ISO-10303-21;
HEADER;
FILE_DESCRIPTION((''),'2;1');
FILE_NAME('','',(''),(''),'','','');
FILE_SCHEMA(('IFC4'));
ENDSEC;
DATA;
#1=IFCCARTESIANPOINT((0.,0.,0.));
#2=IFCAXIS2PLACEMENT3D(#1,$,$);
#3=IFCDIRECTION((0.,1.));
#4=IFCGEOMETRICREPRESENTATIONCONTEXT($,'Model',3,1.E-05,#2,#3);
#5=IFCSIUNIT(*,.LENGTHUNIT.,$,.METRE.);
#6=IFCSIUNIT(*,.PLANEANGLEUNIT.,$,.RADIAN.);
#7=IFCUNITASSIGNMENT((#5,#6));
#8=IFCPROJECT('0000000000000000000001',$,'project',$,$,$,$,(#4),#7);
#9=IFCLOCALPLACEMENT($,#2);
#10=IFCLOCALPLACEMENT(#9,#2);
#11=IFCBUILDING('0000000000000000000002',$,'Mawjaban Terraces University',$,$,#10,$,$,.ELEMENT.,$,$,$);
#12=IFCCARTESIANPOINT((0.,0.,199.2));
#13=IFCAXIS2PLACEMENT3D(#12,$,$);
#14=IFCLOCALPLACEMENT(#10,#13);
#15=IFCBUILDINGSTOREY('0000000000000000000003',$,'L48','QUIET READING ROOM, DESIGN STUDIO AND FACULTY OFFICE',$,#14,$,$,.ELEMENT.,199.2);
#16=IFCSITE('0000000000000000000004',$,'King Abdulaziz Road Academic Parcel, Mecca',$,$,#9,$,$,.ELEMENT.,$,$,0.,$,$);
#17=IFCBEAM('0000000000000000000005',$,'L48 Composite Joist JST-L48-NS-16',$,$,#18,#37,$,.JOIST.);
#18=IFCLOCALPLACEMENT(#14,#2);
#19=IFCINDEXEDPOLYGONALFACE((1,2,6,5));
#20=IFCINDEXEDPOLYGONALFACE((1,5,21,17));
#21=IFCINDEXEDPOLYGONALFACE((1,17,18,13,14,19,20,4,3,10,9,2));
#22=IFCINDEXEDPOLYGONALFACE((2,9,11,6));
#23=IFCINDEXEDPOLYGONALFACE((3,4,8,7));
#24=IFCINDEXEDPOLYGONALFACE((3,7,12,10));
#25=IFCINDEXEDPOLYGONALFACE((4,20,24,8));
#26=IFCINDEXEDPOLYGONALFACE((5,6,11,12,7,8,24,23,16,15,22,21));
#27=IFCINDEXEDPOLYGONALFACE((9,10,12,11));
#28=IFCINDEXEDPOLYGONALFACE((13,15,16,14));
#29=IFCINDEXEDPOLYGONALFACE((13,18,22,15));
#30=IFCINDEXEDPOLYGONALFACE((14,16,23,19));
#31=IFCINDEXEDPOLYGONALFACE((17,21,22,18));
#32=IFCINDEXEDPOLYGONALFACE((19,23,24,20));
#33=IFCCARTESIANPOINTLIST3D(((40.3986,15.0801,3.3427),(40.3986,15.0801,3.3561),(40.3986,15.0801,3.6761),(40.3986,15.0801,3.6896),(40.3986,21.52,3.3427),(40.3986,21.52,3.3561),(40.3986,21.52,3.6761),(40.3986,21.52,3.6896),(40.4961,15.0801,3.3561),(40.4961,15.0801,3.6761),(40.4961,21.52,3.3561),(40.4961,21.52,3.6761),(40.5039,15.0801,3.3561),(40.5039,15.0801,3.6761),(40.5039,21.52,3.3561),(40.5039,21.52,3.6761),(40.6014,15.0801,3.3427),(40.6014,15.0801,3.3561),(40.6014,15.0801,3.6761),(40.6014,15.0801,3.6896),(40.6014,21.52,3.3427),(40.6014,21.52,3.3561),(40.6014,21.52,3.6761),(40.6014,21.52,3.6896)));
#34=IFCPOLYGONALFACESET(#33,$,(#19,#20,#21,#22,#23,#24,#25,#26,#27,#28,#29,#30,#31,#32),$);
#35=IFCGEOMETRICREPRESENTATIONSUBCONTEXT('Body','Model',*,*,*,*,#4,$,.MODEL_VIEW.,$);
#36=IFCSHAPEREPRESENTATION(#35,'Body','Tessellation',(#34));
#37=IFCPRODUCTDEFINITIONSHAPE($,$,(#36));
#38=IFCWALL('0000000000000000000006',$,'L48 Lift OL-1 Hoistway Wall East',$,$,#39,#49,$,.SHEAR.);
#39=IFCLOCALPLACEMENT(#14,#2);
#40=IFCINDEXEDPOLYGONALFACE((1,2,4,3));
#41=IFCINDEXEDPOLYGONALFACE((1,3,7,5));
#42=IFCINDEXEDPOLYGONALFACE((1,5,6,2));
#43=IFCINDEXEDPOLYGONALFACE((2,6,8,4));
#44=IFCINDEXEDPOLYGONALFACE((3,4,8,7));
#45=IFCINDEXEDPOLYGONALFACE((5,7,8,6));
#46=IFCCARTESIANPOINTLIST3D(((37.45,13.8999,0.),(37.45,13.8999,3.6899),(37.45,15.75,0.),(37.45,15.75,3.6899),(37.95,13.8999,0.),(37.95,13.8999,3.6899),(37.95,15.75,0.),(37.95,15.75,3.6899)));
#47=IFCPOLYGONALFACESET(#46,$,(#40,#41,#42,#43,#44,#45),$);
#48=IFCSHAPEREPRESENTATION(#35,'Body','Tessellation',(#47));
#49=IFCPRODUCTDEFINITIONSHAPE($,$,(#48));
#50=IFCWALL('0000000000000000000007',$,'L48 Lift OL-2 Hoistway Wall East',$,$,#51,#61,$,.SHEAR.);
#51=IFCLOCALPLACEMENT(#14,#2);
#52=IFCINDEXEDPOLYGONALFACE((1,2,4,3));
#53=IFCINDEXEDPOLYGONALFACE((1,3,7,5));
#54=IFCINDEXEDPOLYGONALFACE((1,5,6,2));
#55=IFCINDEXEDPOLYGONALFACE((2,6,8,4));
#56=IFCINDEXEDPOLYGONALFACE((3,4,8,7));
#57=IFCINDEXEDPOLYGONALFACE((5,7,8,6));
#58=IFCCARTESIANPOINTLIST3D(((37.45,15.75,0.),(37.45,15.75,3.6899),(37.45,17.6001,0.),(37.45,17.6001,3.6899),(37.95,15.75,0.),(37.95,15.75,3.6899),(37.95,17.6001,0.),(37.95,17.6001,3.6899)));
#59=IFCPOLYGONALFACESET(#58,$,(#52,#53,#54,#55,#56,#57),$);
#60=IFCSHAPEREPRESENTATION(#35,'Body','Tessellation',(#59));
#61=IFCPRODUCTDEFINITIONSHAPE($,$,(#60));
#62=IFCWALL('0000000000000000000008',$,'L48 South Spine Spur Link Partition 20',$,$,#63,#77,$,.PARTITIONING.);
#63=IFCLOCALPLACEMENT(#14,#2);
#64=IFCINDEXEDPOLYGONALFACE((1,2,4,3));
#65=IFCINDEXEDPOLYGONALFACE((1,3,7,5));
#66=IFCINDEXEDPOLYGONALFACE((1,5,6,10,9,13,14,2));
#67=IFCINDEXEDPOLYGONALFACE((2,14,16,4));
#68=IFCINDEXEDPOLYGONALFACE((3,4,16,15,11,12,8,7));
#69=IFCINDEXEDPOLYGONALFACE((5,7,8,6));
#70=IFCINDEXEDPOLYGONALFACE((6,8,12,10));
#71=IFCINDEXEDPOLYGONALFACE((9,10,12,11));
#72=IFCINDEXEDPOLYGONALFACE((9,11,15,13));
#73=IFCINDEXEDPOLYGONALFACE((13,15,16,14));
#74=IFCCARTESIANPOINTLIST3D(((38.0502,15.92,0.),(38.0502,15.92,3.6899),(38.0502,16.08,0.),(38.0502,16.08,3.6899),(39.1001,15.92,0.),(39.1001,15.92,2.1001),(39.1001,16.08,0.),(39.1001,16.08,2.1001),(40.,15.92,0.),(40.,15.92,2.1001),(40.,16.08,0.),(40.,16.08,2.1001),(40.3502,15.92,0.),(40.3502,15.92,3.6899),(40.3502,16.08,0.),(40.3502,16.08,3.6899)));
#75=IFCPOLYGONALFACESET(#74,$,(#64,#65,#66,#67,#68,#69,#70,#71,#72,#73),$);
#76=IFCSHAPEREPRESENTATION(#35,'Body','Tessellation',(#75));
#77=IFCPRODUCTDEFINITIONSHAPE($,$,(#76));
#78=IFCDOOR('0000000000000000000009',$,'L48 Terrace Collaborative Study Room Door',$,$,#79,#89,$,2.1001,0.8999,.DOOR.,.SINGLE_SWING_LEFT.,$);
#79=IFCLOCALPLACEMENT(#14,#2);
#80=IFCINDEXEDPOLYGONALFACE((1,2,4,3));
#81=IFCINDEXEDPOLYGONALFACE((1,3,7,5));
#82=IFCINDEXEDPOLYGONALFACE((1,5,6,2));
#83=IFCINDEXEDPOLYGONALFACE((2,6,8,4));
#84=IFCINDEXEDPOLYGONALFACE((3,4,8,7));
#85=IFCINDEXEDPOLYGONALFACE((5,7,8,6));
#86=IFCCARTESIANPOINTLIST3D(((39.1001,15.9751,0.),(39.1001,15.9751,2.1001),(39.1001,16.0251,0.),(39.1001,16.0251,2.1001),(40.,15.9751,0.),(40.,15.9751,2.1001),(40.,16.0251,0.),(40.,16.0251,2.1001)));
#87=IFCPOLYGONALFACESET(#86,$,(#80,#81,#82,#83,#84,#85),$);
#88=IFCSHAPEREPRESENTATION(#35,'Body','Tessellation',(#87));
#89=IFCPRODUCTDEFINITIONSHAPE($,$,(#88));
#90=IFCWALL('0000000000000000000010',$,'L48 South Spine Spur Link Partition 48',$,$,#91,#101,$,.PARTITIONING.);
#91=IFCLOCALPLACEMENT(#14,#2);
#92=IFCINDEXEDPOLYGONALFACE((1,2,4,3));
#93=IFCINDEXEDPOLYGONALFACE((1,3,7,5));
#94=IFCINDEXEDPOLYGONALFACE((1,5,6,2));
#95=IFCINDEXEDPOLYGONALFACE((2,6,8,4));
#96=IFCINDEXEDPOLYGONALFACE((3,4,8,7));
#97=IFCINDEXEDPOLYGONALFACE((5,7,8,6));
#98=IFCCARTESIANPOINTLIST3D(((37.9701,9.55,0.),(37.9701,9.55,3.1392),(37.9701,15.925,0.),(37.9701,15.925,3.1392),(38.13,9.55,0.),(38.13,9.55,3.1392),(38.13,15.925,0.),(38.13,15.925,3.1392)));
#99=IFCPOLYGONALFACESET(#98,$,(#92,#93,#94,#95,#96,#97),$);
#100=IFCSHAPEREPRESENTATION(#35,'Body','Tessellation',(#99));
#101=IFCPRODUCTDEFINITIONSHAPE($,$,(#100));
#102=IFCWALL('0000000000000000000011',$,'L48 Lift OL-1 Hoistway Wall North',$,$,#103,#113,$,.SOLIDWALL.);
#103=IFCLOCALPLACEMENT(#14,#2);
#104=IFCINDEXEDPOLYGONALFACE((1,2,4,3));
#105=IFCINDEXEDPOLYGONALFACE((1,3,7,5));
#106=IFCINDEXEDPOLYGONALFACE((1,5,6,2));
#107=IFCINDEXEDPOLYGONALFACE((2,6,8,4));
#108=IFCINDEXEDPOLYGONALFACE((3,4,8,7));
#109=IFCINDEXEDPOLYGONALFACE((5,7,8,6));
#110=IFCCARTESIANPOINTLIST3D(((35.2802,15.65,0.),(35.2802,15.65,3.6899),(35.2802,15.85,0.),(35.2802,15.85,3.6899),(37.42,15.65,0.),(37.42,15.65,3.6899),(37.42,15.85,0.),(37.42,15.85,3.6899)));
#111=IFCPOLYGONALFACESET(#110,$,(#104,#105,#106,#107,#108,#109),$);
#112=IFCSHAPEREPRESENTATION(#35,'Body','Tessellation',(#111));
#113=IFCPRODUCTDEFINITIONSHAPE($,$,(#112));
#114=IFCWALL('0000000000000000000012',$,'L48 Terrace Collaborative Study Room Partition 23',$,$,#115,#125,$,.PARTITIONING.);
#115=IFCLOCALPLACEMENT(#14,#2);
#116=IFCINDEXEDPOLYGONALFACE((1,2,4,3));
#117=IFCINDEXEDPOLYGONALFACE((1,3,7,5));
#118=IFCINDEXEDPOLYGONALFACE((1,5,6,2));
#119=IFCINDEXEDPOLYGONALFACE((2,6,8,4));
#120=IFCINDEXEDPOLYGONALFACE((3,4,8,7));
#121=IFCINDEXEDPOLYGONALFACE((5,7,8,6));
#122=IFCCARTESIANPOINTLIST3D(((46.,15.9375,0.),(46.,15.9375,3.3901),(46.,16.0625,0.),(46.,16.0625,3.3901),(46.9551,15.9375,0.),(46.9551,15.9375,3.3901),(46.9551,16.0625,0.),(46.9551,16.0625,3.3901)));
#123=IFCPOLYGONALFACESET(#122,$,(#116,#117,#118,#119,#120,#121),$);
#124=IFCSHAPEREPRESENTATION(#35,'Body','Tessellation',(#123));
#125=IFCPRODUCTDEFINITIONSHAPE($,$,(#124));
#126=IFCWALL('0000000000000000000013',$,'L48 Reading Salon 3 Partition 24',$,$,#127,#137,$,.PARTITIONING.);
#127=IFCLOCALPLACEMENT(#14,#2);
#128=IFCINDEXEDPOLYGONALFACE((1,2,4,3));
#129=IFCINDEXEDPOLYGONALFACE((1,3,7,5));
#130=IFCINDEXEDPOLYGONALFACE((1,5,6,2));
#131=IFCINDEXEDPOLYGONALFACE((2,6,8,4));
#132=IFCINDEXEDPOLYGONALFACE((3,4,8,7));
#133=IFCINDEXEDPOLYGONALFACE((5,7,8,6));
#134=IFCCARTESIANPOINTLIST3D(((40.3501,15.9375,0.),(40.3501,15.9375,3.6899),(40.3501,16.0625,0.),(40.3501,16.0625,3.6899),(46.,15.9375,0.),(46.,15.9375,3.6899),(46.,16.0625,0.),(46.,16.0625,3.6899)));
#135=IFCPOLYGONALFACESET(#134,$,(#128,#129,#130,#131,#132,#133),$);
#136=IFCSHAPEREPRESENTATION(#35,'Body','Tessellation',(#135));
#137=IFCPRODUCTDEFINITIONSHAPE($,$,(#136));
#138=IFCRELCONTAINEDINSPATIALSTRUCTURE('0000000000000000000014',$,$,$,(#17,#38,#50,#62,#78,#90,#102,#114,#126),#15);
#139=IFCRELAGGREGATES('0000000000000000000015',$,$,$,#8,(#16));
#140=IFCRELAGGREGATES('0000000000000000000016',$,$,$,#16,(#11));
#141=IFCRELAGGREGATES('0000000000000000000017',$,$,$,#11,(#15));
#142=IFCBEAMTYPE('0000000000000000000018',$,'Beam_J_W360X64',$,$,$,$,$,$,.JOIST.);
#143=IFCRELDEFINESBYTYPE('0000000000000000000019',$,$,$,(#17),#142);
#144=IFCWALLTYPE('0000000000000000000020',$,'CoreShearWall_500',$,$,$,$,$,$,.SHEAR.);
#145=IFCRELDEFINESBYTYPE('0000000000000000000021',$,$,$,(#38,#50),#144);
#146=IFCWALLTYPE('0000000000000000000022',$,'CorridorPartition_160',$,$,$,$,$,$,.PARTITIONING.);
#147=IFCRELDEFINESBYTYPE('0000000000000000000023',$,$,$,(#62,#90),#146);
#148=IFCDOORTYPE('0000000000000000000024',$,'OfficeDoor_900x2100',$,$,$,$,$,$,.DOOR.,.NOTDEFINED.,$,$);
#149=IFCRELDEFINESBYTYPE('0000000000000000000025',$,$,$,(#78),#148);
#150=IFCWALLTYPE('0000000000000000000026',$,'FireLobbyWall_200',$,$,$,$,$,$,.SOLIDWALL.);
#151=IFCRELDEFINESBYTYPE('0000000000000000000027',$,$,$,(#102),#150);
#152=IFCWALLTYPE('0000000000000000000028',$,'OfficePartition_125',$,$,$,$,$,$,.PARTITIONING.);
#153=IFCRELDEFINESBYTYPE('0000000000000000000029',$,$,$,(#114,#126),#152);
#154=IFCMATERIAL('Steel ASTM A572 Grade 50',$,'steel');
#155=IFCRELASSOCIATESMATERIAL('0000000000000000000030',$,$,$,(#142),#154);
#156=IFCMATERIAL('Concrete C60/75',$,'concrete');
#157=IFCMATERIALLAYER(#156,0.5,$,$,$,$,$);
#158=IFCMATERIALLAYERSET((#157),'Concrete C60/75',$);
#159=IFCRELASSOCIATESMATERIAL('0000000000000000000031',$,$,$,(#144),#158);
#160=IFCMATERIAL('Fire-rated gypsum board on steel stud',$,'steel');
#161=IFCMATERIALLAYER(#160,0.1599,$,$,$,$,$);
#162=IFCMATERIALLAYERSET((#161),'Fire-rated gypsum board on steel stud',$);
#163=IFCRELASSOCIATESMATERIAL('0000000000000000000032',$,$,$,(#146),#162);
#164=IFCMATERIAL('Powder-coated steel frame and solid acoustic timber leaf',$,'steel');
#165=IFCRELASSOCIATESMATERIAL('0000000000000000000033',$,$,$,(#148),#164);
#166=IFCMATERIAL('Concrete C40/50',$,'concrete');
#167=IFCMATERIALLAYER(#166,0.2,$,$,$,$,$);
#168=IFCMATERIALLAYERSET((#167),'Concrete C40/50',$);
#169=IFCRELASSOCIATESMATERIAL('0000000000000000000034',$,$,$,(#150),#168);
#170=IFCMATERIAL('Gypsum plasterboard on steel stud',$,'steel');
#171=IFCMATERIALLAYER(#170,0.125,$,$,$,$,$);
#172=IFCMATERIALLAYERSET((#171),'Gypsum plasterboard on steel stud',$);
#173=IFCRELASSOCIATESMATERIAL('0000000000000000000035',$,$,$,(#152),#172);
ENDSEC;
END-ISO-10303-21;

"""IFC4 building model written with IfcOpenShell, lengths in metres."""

from ifc_helpers import new_model, si_unit, direction, frame, frame_2d, origin, origin_2d, place, context, subcontext, project, spatial, rectangle, i_section, extrude, material, layer, layer_set, material_profile, profile_set, type_object, element, fill, save


model = new_model("IFC4")

# Units and contexts
model_context = context("Model", 3, precision=1e-05, world=origin(), true_north=direction((0.0, 1.0)))
body_context = subcontext(model_context, "Body", "Model", "MODEL_VIEW")
ifc_project = project(units=[si_unit("LENGTHUNIT", "METRE"), si_unit("PLANEANGLEUNIT", "RADIAN")], contexts=[model_context])

# Site, building, storey
site_placement = place(None, origin())
site = spatial("IfcSite", under=ifc_project, at=site_placement, Name="King Abdulaziz Road Academic Parcel, Mecca", CompositionType="ELEMENT", RefElevation=0.0)
building_placement = place(site_placement, origin())
building = spatial("IfcBuilding", under=site, at=building_placement, Name="Mawjaban Terraces University", CompositionType="ELEMENT")
storey_placement = place(building_placement, frame((0.0, 0.0, 199.2)))
storey = spatial("IfcBuildingStorey", under=building, at=storey_placement, Name="L48", Description="QUIET READING ROOM, DESIGN STUDIO AND FACULTY OFFICE", CompositionType="ELEMENT", Elevation=199.2)

# Shared definitions
ifc_material_1 = material(Name="Concrete C60/75", Category="concrete")

# Beam
ifc_material_2 = material(Name="Steel ASTM A572 Grade 50", Category="steel")
ifc_material_profile_1 = material_profile(ifc_material_2, i_section(OverallWidth=0.2029, OverallDepth=0.3469, WebThickness=0.0078, FlangeThickness=0.0134, at=origin_2d()), Name="W360X64")
ifc_profile_set_1 = profile_set([ifc_material_profile_1], Name="Steel ASTM A572 Grade 50")
beam_type_1 = type_object("IfcBeamType", Name="Beam_J_W360X64", PredefinedType="JOIST", material=ifc_profile_set_1)
beam_1_placement = place(storey_placement, frame((40.5, 15.0801, 3.5161), z_axis=(0.0, 1.0, 0.0), x_axis=(-1.0, 0.0, 0.0)))
element("IfcBeam", 1, at=beam_1_placement, inside=storey, type_object=beam_type_1, Name="L48 Composite Joist JST-L48-NS-16", PredefinedType="JOIST", context=body_context, shape_type="SweptSolid", body=[
    extrude(i_section(OverallWidth=0.2029, OverallDepth=0.3469, WebThickness=0.0078, FlangeThickness=0.0134, at=origin_2d()), origin(), (0.0, 0.0, 1.0), 6.4399),
])

# Walls
ifc_layer_1 = layer(ifc_material_1, 0.5)
ifc_layer_set_1 = layer_set([ifc_layer_1], Name="Concrete C60/75")
wall_type_1 = type_object("IfcWallType", Name="CoreShearWall_500", PredefinedType="SHEAR", material=ifc_layer_set_1)
for number, where, z_axis, x_axis, name in (
    (2, (37.7, 13.8999, 0.0), (0.0, 0.0, 1.0), (0.0, 1.0, 0.0), "L48 Lift OL-1 Hoistway Wall East"),
    (3, (37.7, 15.75, 0.0), (0.0, 0.0, 1.0), (0.0, 1.0, 0.0), "L48 Lift OL-2 Hoistway Wall East"),
):
    element("IfcWall", number, at=place(storey_placement, frame(where, z_axis=z_axis, x_axis=x_axis)), inside=storey, type_object=wall_type_1, Name=name, PredefinedType="SHEAR", context=body_context, shape_type="SweptSolid", body=[
        extrude(rectangle(XDim=1.8501, YDim=0.5, at=frame_2d((0.925, 0.0))), origin(), (0.0, 0.0, 1.0), 3.6899),
    ])

# Wall, opening, door
ifc_material_3 = material(Name="Fire-rated gypsum board on steel stud", Category="steel")
ifc_layer_2 = layer(ifc_material_3, 0.1599)
ifc_layer_set_2 = layer_set([ifc_layer_2], Name="Fire-rated gypsum board on steel stud")
wall_type_2 = type_object("IfcWallType", Name="CorridorPartition_160", PredefinedType="PARTITIONING", material=ifc_layer_set_2)
wall_1_placement = place(storey_placement, frame((40.3501, 16.0, 0.0), z_axis=(0.0, 0.0, 1.0), x_axis=(-1.0, 0.0, 0.0)))
wall_1 = element("IfcWall", 4, at=wall_1_placement, inside=storey, type_object=wall_type_2, Name="L48 South Spine Spur Link Partition 20", PredefinedType="PARTITIONING", context=body_context, shape_type="SweptSolid", body=[
    extrude(rectangle(XDim=2.3, YDim=0.1599, at=frame_2d((1.1499, 0.0))), origin(), (0.0, 0.0, 1.0), 3.6899),
])
opening_placement = place(wall_1_placement, frame((0.3501, 0.0, 0.0)))
opening = element("IfcOpeningElement", 5, at=opening_placement, cuts=wall_1, PredefinedType="OPENING", context=body_context, shape_type="SweptSolid", body=[
    extrude(rectangle(XDim=0.8999, YDim=2.1001, at=frame_2d((0.45, 1.05))), frame((0.0, 0.0898, 0.0), z_axis=(0.0, -1.0, 0.0), x_axis=(1.0, 0.0, 0.0)), (0.0, 0.0, 1.0), 0.1799),
])
ifc_material_4 = material(Name="Powder-coated steel frame and solid acoustic timber leaf", Category="steel")
door_type = type_object("IfcDoorType", Name="OfficeDoor_900x2100", OperationType="NOTDEFINED", PredefinedType="DOOR", material=ifc_material_4)
door_placement = place(opening_placement, origin())
door = element("IfcDoor", 6, at=door_placement, inside=storey, type_object=door_type, Name="L48 Terrace Collaborative Study Room Door", OperationType="SINGLE_SWING_LEFT", OverallHeight=2.1001, OverallWidth=0.8999, PredefinedType="DOOR", context=body_context, shape_type="SweptSolid", body=[
    extrude(rectangle(XDim=0.8999, YDim=2.1001, at=frame_2d((0.45, 1.05))), frame((0.0, 0.0249, 0.0), z_axis=(0.0, -1.0, 0.0), x_axis=(1.0, 0.0, 0.0)), (0.0, 0.0, 1.0), 0.05),
])
fill(opening, door)

# Walls
wall_2_placement = place(storey_placement, frame((38.05, 15.925, 0.0), z_axis=(0.0, 0.0, 1.0), x_axis=(0.0, -1.0, 0.0)))
element("IfcWall", 7, at=wall_2_placement, inside=storey, type_object=wall_type_2, Name="L48 South Spine Spur Link Partition 48", PredefinedType="PARTITIONING", context=body_context, shape_type="SweptSolid", body=[
    extrude(rectangle(XDim=6.375, YDim=0.1599, at=frame_2d((3.1875, 0.0))), origin(), (0.0, 0.0, 1.0), 3.1392),
])
ifc_material_5 = material(Name="Concrete C40/50", Category="concrete")
ifc_layer_3 = layer(ifc_material_5, 0.2)
ifc_layer_set_3 = layer_set([ifc_layer_3], Name="Concrete C40/50")
wall_type_3 = type_object("IfcWallType", Name="FireLobbyWall_200", PredefinedType="SOLIDWALL", material=ifc_layer_set_3)
wall_3_placement = place(storey_placement, frame((37.4199, 15.75, 0.0), z_axis=(0.0, 0.0, 1.0), x_axis=(-1.0, 0.0, 0.0)))
element("IfcWall", 8, at=wall_3_placement, inside=storey, type_object=wall_type_3, Name="L48 Lift OL-1 Hoistway Wall North", PredefinedType="SOLIDWALL", context=body_context, shape_type="SweptSolid", body=[
    extrude(rectangle(XDim=2.1399, YDim=0.2, at=frame_2d((1.0698, 0.0))), origin(), (0.0, 0.0, 1.0), 3.6899),
])
ifc_material_6 = material(Name="Gypsum plasterboard on steel stud", Category="steel")
ifc_layer_4 = layer(ifc_material_6, 0.125)
ifc_layer_set_4 = layer_set([ifc_layer_4], Name="Gypsum plasterboard on steel stud")
wall_type_4 = type_object("IfcWallType", Name="OfficePartition_125", PredefinedType="PARTITIONING", material=ifc_layer_set_4)
wall_4_placement = place(storey_placement, frame((46.0, 16.0, 0.0), z_axis=(0.0, 0.0, 1.0), x_axis=(1.0, 0.0, 0.0)))
element("IfcWall", 9, at=wall_4_placement, inside=storey, type_object=wall_type_4, Name="L48 Terrace Collaborative Study Room Partition 23", PredefinedType="PARTITIONING", context=body_context, shape_type="SweptSolid", body=[
    extrude(rectangle(XDim=0.9551, YDim=0.125, at=frame_2d((0.4775, 0.0))), origin(), (0.0, 0.0, 1.0), 3.3901),
])
wall_5_placement = place(storey_placement, frame((46.0, 16.0, 0.0), z_axis=(0.0, 0.0, 1.0), x_axis=(-1.0, 0.0, 0.0)))
element("IfcWall", 10, at=wall_5_placement, inside=storey, type_object=wall_type_4, Name="L48 Reading Salon 3 Partition 24", PredefinedType="PARTITIONING", context=body_context, shape_type="SweptSolid", body=[
    extrude(rectangle(XDim=5.6499, YDim=0.125, at=frame_2d((2.825, 0.0))), origin(), (0.0, 0.0, 1.0), 3.6899),
])

save(model, "model.ifc")
